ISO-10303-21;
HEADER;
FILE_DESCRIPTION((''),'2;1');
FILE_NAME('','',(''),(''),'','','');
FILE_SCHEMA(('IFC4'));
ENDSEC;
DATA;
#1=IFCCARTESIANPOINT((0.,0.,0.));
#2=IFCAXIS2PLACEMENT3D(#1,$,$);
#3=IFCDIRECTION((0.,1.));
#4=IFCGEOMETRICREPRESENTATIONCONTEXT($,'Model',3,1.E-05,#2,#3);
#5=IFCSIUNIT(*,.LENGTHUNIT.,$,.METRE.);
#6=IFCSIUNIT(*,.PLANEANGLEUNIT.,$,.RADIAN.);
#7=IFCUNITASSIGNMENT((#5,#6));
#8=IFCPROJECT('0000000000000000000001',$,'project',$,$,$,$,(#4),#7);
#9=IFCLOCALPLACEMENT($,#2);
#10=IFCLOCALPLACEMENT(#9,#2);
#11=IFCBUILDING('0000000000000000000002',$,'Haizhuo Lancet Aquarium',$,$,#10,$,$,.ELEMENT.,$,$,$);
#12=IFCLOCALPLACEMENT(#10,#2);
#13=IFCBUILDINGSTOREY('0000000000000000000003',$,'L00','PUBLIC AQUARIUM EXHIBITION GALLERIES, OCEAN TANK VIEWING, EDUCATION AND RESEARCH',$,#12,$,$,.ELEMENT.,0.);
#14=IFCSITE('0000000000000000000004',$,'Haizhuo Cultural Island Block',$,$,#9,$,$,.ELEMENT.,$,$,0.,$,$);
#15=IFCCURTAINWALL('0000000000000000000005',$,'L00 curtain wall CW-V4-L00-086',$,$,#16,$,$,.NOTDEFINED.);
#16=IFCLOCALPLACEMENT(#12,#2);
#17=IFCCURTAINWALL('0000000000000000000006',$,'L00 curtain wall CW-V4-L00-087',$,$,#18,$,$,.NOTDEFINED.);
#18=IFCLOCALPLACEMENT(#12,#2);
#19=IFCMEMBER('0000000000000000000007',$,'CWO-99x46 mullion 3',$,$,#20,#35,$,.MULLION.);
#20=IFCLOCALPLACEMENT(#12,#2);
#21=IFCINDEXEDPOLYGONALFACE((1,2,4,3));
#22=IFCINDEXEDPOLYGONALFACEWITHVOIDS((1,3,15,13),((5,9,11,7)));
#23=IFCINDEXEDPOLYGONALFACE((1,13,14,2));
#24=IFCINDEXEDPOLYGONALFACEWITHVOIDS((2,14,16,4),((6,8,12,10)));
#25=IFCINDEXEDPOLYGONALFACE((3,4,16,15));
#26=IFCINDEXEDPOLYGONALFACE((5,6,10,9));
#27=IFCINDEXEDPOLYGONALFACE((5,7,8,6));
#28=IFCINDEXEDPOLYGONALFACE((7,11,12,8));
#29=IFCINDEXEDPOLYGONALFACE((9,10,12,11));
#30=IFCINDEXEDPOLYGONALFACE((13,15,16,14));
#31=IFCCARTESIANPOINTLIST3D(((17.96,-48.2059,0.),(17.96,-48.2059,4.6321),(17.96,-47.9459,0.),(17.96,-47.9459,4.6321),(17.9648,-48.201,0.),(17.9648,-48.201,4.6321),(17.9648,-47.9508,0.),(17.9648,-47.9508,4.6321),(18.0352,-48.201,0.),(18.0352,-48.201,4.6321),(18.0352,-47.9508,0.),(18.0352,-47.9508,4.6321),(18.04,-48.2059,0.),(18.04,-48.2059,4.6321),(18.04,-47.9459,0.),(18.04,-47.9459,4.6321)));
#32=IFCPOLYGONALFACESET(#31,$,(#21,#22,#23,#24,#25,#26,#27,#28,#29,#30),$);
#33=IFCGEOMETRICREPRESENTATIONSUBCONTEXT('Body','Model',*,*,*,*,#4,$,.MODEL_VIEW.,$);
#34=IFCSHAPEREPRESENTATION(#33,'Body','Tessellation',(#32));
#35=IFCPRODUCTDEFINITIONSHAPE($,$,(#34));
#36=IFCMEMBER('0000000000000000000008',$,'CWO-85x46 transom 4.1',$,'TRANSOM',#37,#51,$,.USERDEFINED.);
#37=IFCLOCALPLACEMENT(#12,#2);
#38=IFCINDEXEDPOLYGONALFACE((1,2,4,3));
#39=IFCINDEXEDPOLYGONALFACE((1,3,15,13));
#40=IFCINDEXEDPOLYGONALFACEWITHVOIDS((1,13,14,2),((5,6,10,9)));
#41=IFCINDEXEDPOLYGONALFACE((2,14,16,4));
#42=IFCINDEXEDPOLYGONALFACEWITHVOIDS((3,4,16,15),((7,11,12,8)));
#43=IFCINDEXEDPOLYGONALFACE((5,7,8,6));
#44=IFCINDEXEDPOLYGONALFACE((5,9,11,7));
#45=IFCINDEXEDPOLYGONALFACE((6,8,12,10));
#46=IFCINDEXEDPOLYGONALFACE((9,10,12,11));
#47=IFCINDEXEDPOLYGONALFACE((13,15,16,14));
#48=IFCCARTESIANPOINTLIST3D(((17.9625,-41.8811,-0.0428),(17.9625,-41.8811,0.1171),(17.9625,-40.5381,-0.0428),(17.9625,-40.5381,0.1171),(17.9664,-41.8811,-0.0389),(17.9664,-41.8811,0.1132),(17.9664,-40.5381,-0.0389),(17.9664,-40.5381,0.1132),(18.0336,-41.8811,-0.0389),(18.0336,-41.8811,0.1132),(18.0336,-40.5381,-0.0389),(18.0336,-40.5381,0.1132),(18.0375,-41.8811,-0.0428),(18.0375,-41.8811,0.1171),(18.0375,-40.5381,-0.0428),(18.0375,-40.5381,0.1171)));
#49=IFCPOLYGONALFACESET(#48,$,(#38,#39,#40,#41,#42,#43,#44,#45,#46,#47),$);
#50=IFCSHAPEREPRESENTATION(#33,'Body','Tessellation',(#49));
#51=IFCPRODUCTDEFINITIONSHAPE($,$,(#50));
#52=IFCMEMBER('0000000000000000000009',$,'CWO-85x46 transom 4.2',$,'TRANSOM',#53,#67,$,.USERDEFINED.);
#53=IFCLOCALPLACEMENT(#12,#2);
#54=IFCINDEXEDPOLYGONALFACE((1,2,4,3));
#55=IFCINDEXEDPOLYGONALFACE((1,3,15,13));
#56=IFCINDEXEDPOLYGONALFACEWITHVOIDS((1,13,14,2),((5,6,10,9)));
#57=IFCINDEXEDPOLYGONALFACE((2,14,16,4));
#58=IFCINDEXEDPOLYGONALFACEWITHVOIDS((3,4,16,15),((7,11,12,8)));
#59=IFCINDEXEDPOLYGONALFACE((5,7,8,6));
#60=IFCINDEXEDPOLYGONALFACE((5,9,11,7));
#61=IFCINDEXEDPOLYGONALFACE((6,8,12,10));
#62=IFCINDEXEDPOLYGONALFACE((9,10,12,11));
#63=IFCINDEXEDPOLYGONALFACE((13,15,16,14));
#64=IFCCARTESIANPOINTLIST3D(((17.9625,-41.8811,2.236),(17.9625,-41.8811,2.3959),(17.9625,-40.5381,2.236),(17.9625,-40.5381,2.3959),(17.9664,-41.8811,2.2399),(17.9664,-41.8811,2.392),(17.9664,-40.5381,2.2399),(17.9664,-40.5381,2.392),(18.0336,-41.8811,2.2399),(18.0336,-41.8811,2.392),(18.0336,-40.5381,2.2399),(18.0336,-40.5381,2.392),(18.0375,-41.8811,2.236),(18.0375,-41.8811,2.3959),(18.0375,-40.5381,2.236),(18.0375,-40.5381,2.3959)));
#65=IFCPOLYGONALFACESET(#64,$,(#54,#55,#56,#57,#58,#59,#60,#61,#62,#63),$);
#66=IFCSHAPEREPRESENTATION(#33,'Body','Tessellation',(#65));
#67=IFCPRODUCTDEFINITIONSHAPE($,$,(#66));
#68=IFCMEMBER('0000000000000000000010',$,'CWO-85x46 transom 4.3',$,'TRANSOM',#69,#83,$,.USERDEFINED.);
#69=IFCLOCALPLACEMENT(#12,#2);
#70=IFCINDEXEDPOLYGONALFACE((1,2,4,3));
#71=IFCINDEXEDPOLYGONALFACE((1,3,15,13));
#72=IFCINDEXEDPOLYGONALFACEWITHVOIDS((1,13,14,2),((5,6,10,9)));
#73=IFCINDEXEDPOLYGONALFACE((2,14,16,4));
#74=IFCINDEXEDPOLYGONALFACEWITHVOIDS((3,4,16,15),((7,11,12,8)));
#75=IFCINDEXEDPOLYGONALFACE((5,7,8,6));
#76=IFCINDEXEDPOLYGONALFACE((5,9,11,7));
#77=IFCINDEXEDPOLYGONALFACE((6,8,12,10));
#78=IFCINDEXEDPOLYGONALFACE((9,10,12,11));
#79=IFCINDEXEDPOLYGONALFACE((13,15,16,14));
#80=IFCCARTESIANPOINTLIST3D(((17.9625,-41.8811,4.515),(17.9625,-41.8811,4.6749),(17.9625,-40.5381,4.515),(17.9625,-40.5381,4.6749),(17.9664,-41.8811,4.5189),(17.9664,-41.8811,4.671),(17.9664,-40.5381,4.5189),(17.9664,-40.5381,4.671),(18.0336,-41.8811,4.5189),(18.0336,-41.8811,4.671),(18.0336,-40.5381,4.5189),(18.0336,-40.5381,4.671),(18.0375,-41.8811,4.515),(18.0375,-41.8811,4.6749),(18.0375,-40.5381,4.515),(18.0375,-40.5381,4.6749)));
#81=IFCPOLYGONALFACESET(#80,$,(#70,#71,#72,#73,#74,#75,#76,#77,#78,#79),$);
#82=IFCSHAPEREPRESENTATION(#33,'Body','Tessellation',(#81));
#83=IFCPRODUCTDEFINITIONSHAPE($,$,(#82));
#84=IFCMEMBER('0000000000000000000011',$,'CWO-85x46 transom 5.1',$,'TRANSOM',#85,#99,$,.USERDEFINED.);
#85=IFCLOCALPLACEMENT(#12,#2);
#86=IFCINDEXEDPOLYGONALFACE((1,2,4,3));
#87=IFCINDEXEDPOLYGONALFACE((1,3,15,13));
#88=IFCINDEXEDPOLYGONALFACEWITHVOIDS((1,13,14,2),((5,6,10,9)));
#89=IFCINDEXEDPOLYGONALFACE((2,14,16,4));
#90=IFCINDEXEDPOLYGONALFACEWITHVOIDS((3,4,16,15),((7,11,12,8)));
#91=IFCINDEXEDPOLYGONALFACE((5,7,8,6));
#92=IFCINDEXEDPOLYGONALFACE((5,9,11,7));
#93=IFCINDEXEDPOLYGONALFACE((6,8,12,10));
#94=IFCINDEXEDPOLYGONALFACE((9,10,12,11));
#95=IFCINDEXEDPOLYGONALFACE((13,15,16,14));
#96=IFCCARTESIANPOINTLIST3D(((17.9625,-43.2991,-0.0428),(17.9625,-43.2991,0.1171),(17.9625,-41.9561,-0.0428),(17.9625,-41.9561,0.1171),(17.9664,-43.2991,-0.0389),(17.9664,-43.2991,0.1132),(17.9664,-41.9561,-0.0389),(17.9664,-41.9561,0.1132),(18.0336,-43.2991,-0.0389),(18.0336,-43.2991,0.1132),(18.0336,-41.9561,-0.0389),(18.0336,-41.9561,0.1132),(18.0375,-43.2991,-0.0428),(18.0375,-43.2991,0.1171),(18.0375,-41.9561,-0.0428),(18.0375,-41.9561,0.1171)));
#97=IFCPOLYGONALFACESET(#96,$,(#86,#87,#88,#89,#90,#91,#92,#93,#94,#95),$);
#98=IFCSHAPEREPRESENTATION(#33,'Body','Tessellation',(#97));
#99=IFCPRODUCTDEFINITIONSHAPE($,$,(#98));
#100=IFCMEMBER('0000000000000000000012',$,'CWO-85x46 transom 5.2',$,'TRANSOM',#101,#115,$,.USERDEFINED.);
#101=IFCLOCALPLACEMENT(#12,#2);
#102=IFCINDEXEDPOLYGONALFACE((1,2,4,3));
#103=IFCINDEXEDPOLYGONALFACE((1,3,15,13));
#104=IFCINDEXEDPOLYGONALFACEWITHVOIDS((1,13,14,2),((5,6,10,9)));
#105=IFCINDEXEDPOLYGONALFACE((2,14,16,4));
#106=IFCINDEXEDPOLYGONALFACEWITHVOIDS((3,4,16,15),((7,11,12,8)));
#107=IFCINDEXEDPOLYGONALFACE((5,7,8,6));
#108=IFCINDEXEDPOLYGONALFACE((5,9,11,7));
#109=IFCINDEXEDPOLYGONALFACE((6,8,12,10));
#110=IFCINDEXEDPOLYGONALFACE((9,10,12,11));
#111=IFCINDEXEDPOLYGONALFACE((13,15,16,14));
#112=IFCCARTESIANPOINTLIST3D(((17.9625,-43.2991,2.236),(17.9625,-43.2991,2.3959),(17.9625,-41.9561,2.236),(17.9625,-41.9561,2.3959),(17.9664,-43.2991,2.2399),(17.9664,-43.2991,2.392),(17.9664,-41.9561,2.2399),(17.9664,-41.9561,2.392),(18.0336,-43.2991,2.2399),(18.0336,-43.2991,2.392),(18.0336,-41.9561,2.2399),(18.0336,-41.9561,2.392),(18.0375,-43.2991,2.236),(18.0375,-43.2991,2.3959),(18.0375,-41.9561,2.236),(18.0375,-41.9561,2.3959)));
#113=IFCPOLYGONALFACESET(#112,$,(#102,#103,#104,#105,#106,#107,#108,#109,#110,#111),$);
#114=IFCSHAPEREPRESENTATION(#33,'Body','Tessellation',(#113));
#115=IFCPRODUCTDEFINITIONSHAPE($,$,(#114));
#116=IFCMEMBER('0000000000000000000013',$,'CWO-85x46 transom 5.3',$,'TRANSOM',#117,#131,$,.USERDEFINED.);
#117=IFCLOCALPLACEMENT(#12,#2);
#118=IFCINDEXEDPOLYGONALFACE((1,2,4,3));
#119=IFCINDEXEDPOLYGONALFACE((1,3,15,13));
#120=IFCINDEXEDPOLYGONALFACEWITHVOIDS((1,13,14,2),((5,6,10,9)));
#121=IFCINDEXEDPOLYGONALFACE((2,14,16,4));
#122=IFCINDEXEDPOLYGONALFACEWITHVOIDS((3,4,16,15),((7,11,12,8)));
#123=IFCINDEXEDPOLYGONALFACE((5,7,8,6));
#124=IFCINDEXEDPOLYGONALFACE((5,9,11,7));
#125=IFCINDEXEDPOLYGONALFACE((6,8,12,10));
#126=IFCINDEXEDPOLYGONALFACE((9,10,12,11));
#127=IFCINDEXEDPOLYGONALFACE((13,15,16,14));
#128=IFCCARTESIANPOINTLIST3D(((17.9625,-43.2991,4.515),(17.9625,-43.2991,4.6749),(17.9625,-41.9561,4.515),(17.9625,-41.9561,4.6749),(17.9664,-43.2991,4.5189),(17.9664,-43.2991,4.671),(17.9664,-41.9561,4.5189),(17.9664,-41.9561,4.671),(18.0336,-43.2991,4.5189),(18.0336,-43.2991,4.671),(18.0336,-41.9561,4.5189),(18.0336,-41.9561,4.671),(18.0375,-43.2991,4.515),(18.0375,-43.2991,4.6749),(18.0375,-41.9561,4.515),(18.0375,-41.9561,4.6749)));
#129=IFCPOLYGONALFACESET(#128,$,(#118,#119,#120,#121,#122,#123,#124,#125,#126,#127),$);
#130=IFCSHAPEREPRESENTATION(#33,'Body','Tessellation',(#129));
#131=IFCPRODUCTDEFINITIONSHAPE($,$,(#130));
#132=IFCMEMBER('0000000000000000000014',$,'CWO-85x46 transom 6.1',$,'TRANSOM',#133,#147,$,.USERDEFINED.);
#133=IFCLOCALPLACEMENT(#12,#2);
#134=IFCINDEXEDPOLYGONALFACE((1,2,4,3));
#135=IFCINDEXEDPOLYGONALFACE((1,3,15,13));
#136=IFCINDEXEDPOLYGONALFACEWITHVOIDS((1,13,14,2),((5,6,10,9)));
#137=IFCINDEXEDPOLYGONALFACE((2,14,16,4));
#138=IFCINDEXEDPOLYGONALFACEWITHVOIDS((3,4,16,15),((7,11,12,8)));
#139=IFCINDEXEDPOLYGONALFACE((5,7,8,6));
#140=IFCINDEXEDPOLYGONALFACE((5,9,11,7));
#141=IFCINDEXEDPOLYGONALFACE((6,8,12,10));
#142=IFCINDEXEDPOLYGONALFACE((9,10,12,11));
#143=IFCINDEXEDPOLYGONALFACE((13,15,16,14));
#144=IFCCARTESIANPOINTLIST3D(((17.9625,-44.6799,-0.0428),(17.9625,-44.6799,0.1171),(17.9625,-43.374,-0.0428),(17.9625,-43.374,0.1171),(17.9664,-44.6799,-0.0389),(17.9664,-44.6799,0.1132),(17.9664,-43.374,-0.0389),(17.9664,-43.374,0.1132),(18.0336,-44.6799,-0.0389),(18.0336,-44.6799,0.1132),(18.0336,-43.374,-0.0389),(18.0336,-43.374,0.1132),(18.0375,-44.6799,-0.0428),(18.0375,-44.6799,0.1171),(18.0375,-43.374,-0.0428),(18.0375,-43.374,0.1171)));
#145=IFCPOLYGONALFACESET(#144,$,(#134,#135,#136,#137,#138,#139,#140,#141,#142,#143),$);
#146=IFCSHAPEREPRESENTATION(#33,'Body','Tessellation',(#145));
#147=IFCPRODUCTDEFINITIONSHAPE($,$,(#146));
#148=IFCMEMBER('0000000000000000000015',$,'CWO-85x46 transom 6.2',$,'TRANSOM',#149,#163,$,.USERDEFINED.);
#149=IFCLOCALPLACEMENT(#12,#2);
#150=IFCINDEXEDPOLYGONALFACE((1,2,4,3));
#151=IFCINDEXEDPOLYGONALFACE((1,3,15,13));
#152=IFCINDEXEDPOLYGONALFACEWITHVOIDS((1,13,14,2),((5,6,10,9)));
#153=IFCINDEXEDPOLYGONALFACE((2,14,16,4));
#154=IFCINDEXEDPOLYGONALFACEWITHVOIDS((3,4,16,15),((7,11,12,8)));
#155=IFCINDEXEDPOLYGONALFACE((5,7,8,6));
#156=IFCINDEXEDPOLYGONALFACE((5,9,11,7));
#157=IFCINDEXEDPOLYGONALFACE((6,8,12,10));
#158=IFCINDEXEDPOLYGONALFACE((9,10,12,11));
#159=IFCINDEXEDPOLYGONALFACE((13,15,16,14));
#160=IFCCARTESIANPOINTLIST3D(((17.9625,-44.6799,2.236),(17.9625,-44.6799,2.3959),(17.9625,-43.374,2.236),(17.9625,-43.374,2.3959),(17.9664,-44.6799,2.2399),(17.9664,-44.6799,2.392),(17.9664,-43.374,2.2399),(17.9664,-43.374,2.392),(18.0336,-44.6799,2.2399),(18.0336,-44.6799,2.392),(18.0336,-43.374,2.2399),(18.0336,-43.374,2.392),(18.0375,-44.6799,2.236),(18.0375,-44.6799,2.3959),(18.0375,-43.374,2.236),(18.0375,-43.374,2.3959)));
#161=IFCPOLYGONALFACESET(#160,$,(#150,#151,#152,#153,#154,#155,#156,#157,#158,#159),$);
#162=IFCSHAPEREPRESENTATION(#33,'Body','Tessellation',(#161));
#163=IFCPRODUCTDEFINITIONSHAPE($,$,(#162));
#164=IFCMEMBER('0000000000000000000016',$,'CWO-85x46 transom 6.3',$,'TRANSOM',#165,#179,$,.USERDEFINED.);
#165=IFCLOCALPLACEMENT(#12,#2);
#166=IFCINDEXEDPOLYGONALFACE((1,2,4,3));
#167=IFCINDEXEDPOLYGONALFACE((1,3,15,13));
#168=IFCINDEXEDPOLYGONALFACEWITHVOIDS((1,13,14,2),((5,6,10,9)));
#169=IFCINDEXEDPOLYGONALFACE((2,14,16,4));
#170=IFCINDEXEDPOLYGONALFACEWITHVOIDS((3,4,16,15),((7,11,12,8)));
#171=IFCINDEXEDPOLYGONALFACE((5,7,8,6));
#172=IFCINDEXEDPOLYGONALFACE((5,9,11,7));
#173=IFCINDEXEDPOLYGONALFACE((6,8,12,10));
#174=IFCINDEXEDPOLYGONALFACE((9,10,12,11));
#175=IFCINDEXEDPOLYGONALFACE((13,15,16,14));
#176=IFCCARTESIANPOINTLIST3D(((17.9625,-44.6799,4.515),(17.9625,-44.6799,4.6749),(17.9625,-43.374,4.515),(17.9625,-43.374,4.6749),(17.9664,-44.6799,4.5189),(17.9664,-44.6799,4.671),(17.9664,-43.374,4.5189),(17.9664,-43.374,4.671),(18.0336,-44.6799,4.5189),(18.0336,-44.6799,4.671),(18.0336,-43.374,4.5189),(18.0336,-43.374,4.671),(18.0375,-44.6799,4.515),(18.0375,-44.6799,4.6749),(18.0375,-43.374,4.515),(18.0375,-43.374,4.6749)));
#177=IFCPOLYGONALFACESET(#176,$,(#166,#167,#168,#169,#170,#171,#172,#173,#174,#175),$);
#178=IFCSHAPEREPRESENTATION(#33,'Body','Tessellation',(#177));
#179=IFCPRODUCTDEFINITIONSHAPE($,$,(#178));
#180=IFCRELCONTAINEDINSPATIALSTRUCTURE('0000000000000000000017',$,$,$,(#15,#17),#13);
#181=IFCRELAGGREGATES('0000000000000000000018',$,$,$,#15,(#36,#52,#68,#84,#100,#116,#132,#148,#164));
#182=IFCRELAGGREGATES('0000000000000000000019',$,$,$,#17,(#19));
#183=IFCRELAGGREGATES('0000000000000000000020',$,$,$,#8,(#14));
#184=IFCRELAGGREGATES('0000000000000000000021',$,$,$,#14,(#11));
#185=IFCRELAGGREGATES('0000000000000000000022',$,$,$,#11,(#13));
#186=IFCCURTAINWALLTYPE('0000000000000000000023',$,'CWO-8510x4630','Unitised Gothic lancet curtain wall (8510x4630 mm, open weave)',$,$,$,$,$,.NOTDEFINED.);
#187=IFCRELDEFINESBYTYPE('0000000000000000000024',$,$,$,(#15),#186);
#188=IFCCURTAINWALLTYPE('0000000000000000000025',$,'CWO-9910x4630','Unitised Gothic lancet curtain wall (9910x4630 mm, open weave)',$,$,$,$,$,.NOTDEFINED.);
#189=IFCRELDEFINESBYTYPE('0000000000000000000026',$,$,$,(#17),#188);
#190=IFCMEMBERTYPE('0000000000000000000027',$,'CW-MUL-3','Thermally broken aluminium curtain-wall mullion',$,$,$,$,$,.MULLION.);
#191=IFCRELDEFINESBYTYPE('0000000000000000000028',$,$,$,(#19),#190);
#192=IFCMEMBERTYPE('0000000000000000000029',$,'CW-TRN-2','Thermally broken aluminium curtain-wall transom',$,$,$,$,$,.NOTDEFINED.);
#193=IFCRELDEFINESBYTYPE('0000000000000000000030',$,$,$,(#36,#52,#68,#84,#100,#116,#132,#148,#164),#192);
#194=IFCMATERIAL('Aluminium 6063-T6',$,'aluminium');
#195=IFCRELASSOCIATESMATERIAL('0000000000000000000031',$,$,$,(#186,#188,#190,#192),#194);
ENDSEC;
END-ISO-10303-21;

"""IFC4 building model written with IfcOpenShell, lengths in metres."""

from ifc_helpers import new_model, si_unit, direction, frame, origin, origin_2d, place, context, subcontext, project, spatial, hollow_rectangle, extrude, material, material_profile, profile_set, type_object, element, aggregate, save


model = new_model("IFC4")

# Units and contexts
model_context = context("Model", 3, precision=1e-05, world=origin(), true_north=direction((0.0, 1.0)))
body_context = subcontext(model_context, "Body", "Model", "MODEL_VIEW")
ifc_project = project(units=[si_unit("LENGTHUNIT", "METRE"), si_unit("PLANEANGLEUNIT", "RADIAN")], contexts=[model_context])

# Site, building, storey
site_placement = place(None, origin())
site = spatial("IfcSite", under=ifc_project, at=site_placement, Name="Haizhuo Cultural Island Block", CompositionType="ELEMENT", RefElevation=0.0)
building_placement = place(site_placement, origin())
building = spatial("IfcBuilding", under=site, at=building_placement, Name="Haizhuo Lancet Aquarium", CompositionType="ELEMENT")
storey_placement = place(building_placement, origin())
storey = spatial("IfcBuildingStorey", under=building, at=storey_placement, Name="L00", Description="PUBLIC AQUARIUM EXHIBITION GALLERIES, OCEAN TANK VIEWING, EDUCATION AND RESEARCH", CompositionType="ELEMENT", Elevation=0.0)

# Curtain walls, member
ifc_material_1 = material(Name="Aluminium 6063-T6", Category="aluminium")
curtain_wall_type_1 = type_object("IfcCurtainWallType", Name="CWO-8510x4630", Description="Unitised Gothic lancet curtain wall (8510x4630 mm, open weave)", PredefinedType="NOTDEFINED", material=ifc_material_1)
curtain_wall_1_placement = place(storey_placement, origin())
curtain_wall_1 = element("IfcCurtainWall", 1, at=curtain_wall_1_placement, inside=storey, type_object=curtain_wall_type_1, Name="L00 curtain wall CW-V4-L00-086", PredefinedType="NOTDEFINED")
curtain_wall_type_2 = type_object("IfcCurtainWallType", Name="CWO-9910x4630", Description="Unitised Gothic lancet curtain wall (9910x4630 mm, open weave)", PredefinedType="NOTDEFINED", material=ifc_material_1)
curtain_wall_2_placement = place(storey_placement, origin())
curtain_wall_2 = element("IfcCurtainWall", 2, at=curtain_wall_2_placement, inside=storey, type_object=curtain_wall_type_2, Name="L00 curtain wall CW-V4-L00-087", PredefinedType="NOTDEFINED")
ifc_material_profile_1 = material_profile(ifc_material_1, hollow_rectangle(XDim=0.0801, YDim=0.26, WallThickness=0.0049, at=origin_2d()), Name="ALU-M 80x260x5")
ifc_profile_set_1 = profile_set([ifc_material_profile_1], Name="Aluminium 6063-T6")
member_type_1 = type_object("IfcMemberType", Name="CW-MUL-3", Description="Thermally broken aluminium curtain-wall mullion", PredefinedType="MULLION", material=ifc_profile_set_1)
member_1_placement = place(storey_placement, frame((18.0, -48.0759, 0.0), z_axis=(0.0, 0.0, 1.0), x_axis=(1.0, 0.0, 0.0)))
member_1 = element("IfcMember", 3, at=member_1_placement, type_object=member_type_1, Name="CWO-99x46 mullion 3", PredefinedType="MULLION", context=body_context, shape_type="SweptSolid", body=[
    extrude(hollow_rectangle(XDim=0.0801, YDim=0.26, WallThickness=0.0049, at=origin_2d()), origin(), (0.0, 0.0, 1.0), 4.6321),
])

# Members
ifc_material_profile_2 = material_profile(ifc_material_1, hollow_rectangle(XDim=0.075, YDim=0.1599, WallThickness=0.0039, at=origin_2d()), Name="ALU-T 75x160x4")
ifc_profile_set_2 = profile_set([ifc_material_profile_2], Name="Aluminium 6063-T6")
member_type_2 = type_object("IfcMemberType", Name="CW-TRN-2", Description="Thermally broken aluminium curtain-wall transom", PredefinedType="NOTDEFINED", material=ifc_profile_set_2)
member_2_placement = place(storey_placement, frame((18.0, -40.5381, 0.0371), z_axis=(0.0, -1.0, 0.0), x_axis=(1.0, 0.0, 0.0)))
member_2 = element("IfcMember", 4, at=member_2_placement, type_object=member_type_2, Name="CWO-85x46 transom 4.1", ObjectType="TRANSOM", PredefinedType="USERDEFINED", context=body_context, shape_type="SweptSolid", body=[
    extrude(hollow_rectangle(XDim=0.075, YDim=0.1599, WallThickness=0.0039, at=origin_2d()), origin(), (0.0, 0.0, 1.0), 1.343),
])
member_3_placement = place(storey_placement, frame((18.0, -40.5381, 2.3159), z_axis=(0.0, -1.0, 0.0), x_axis=(1.0, 0.0, 0.0)))
member_3 = element("IfcMember", 5, at=member_3_placement, type_object=member_type_2, Name="CWO-85x46 transom 4.2", ObjectType="TRANSOM", PredefinedType="USERDEFINED", context=body_context, shape_type="SweptSolid", body=[
    extrude(hollow_rectangle(XDim=0.075, YDim=0.1599, WallThickness=0.0039, at=origin_2d()), origin(), (0.0, 0.0, 1.0), 1.343),
])
member_4_placement = place(storey_placement, frame((18.0, -40.5381, 4.595), z_axis=(0.0, -1.0, 0.0), x_axis=(1.0, 0.0, 0.0)))
member_4 = element("IfcMember", 6, at=member_4_placement, type_object=member_type_2, Name="CWO-85x46 transom 4.3", ObjectType="TRANSOM", PredefinedType="USERDEFINED", context=body_context, shape_type="SweptSolid", body=[
    extrude(hollow_rectangle(XDim=0.075, YDim=0.1599, WallThickness=0.0039, at=origin_2d()), origin(), (0.0, 0.0, 1.0), 1.343),
])
member_5_placement = place(storey_placement, frame((18.0, -41.9561, 0.0371), z_axis=(0.0, -1.0, 0.0), x_axis=(1.0, 0.0, 0.0)))
member_5 = element("IfcMember", 7, at=member_5_placement, type_object=member_type_2, Name="CWO-85x46 transom 5.1", ObjectType="TRANSOM", PredefinedType="USERDEFINED", context=body_context, shape_type="SweptSolid", body=[
    extrude(hollow_rectangle(XDim=0.075, YDim=0.1599, WallThickness=0.0039, at=origin_2d()), origin(), (0.0, 0.0, 1.0), 1.343),
])
member_6_placement = place(storey_placement, frame((18.0, -41.9561, 2.3159), z_axis=(0.0, -1.0, 0.0), x_axis=(1.0, 0.0, 0.0)))
member_6 = element("IfcMember", 8, at=member_6_placement, type_object=member_type_2, Name="CWO-85x46 transom 5.2", ObjectType="TRANSOM", PredefinedType="USERDEFINED", context=body_context, shape_type="SweptSolid", body=[
    extrude(hollow_rectangle(XDim=0.075, YDim=0.1599, WallThickness=0.0039, at=origin_2d()), origin(), (0.0, 0.0, 1.0), 1.343),
])
member_7_placement = place(storey_placement, frame((18.0, -41.9561, 4.595), z_axis=(0.0, -1.0, 0.0), x_axis=(1.0, 0.0, 0.0)))
member_7 = element("IfcMember", 9, at=member_7_placement, type_object=member_type_2, Name="CWO-85x46 transom 5.3", ObjectType="TRANSOM", PredefinedType="USERDEFINED", context=body_context, shape_type="SweptSolid", body=[
    extrude(hollow_rectangle(XDim=0.075, YDim=0.1599, WallThickness=0.0039, at=origin_2d()), origin(), (0.0, 0.0, 1.0), 1.343),
])
member_8_placement = place(storey_placement, frame((18.0, -43.374, 0.0371), z_axis=(0.0, -1.0, 0.0), x_axis=(1.0, 0.0, 0.0)))
member_8 = element("IfcMember", 10, at=member_8_placement, type_object=member_type_2, Name="CWO-85x46 transom 6.1", ObjectType="TRANSOM", PredefinedType="USERDEFINED", context=body_context, shape_type="SweptSolid", body=[
    extrude(hollow_rectangle(XDim=0.075, YDim=0.1599, WallThickness=0.0039, at=origin_2d()), origin(), (0.0, 0.0, 1.0), 1.3059),
])
member_9_placement = place(storey_placement, frame((18.0, -43.374, 2.3159), z_axis=(0.0, -1.0, 0.0), x_axis=(1.0, 0.0, 0.0)))
member_9 = element("IfcMember", 11, at=member_9_placement, type_object=member_type_2, Name="CWO-85x46 transom 6.2", ObjectType="TRANSOM", PredefinedType="USERDEFINED", context=body_context, shape_type="SweptSolid", body=[
    extrude(hollow_rectangle(XDim=0.075, YDim=0.1599, WallThickness=0.0039, at=origin_2d()), origin(), (0.0, 0.0, 1.0), 1.3059),
])
member_10_placement = place(storey_placement, frame((18.0, -43.374, 4.595), z_axis=(0.0, -1.0, 0.0), x_axis=(1.0, 0.0, 0.0)))
member_10 = element("IfcMember", 12, at=member_10_placement, type_object=member_type_2, Name="CWO-85x46 transom 6.3", ObjectType="TRANSOM", PredefinedType="USERDEFINED", context=body_context, shape_type="SweptSolid", body=[
    extrude(hollow_rectangle(XDim=0.075, YDim=0.1599, WallThickness=0.0039, at=origin_2d()), origin(), (0.0, 0.0, 1.0), 1.3059),
])

aggregate(curtain_wall_1, [member_2, member_3, member_4, member_5, member_6, member_7, member_8, member_9, member_10])
aggregate(curtain_wall_2, [member_1])

save(model, "model.ifc")
